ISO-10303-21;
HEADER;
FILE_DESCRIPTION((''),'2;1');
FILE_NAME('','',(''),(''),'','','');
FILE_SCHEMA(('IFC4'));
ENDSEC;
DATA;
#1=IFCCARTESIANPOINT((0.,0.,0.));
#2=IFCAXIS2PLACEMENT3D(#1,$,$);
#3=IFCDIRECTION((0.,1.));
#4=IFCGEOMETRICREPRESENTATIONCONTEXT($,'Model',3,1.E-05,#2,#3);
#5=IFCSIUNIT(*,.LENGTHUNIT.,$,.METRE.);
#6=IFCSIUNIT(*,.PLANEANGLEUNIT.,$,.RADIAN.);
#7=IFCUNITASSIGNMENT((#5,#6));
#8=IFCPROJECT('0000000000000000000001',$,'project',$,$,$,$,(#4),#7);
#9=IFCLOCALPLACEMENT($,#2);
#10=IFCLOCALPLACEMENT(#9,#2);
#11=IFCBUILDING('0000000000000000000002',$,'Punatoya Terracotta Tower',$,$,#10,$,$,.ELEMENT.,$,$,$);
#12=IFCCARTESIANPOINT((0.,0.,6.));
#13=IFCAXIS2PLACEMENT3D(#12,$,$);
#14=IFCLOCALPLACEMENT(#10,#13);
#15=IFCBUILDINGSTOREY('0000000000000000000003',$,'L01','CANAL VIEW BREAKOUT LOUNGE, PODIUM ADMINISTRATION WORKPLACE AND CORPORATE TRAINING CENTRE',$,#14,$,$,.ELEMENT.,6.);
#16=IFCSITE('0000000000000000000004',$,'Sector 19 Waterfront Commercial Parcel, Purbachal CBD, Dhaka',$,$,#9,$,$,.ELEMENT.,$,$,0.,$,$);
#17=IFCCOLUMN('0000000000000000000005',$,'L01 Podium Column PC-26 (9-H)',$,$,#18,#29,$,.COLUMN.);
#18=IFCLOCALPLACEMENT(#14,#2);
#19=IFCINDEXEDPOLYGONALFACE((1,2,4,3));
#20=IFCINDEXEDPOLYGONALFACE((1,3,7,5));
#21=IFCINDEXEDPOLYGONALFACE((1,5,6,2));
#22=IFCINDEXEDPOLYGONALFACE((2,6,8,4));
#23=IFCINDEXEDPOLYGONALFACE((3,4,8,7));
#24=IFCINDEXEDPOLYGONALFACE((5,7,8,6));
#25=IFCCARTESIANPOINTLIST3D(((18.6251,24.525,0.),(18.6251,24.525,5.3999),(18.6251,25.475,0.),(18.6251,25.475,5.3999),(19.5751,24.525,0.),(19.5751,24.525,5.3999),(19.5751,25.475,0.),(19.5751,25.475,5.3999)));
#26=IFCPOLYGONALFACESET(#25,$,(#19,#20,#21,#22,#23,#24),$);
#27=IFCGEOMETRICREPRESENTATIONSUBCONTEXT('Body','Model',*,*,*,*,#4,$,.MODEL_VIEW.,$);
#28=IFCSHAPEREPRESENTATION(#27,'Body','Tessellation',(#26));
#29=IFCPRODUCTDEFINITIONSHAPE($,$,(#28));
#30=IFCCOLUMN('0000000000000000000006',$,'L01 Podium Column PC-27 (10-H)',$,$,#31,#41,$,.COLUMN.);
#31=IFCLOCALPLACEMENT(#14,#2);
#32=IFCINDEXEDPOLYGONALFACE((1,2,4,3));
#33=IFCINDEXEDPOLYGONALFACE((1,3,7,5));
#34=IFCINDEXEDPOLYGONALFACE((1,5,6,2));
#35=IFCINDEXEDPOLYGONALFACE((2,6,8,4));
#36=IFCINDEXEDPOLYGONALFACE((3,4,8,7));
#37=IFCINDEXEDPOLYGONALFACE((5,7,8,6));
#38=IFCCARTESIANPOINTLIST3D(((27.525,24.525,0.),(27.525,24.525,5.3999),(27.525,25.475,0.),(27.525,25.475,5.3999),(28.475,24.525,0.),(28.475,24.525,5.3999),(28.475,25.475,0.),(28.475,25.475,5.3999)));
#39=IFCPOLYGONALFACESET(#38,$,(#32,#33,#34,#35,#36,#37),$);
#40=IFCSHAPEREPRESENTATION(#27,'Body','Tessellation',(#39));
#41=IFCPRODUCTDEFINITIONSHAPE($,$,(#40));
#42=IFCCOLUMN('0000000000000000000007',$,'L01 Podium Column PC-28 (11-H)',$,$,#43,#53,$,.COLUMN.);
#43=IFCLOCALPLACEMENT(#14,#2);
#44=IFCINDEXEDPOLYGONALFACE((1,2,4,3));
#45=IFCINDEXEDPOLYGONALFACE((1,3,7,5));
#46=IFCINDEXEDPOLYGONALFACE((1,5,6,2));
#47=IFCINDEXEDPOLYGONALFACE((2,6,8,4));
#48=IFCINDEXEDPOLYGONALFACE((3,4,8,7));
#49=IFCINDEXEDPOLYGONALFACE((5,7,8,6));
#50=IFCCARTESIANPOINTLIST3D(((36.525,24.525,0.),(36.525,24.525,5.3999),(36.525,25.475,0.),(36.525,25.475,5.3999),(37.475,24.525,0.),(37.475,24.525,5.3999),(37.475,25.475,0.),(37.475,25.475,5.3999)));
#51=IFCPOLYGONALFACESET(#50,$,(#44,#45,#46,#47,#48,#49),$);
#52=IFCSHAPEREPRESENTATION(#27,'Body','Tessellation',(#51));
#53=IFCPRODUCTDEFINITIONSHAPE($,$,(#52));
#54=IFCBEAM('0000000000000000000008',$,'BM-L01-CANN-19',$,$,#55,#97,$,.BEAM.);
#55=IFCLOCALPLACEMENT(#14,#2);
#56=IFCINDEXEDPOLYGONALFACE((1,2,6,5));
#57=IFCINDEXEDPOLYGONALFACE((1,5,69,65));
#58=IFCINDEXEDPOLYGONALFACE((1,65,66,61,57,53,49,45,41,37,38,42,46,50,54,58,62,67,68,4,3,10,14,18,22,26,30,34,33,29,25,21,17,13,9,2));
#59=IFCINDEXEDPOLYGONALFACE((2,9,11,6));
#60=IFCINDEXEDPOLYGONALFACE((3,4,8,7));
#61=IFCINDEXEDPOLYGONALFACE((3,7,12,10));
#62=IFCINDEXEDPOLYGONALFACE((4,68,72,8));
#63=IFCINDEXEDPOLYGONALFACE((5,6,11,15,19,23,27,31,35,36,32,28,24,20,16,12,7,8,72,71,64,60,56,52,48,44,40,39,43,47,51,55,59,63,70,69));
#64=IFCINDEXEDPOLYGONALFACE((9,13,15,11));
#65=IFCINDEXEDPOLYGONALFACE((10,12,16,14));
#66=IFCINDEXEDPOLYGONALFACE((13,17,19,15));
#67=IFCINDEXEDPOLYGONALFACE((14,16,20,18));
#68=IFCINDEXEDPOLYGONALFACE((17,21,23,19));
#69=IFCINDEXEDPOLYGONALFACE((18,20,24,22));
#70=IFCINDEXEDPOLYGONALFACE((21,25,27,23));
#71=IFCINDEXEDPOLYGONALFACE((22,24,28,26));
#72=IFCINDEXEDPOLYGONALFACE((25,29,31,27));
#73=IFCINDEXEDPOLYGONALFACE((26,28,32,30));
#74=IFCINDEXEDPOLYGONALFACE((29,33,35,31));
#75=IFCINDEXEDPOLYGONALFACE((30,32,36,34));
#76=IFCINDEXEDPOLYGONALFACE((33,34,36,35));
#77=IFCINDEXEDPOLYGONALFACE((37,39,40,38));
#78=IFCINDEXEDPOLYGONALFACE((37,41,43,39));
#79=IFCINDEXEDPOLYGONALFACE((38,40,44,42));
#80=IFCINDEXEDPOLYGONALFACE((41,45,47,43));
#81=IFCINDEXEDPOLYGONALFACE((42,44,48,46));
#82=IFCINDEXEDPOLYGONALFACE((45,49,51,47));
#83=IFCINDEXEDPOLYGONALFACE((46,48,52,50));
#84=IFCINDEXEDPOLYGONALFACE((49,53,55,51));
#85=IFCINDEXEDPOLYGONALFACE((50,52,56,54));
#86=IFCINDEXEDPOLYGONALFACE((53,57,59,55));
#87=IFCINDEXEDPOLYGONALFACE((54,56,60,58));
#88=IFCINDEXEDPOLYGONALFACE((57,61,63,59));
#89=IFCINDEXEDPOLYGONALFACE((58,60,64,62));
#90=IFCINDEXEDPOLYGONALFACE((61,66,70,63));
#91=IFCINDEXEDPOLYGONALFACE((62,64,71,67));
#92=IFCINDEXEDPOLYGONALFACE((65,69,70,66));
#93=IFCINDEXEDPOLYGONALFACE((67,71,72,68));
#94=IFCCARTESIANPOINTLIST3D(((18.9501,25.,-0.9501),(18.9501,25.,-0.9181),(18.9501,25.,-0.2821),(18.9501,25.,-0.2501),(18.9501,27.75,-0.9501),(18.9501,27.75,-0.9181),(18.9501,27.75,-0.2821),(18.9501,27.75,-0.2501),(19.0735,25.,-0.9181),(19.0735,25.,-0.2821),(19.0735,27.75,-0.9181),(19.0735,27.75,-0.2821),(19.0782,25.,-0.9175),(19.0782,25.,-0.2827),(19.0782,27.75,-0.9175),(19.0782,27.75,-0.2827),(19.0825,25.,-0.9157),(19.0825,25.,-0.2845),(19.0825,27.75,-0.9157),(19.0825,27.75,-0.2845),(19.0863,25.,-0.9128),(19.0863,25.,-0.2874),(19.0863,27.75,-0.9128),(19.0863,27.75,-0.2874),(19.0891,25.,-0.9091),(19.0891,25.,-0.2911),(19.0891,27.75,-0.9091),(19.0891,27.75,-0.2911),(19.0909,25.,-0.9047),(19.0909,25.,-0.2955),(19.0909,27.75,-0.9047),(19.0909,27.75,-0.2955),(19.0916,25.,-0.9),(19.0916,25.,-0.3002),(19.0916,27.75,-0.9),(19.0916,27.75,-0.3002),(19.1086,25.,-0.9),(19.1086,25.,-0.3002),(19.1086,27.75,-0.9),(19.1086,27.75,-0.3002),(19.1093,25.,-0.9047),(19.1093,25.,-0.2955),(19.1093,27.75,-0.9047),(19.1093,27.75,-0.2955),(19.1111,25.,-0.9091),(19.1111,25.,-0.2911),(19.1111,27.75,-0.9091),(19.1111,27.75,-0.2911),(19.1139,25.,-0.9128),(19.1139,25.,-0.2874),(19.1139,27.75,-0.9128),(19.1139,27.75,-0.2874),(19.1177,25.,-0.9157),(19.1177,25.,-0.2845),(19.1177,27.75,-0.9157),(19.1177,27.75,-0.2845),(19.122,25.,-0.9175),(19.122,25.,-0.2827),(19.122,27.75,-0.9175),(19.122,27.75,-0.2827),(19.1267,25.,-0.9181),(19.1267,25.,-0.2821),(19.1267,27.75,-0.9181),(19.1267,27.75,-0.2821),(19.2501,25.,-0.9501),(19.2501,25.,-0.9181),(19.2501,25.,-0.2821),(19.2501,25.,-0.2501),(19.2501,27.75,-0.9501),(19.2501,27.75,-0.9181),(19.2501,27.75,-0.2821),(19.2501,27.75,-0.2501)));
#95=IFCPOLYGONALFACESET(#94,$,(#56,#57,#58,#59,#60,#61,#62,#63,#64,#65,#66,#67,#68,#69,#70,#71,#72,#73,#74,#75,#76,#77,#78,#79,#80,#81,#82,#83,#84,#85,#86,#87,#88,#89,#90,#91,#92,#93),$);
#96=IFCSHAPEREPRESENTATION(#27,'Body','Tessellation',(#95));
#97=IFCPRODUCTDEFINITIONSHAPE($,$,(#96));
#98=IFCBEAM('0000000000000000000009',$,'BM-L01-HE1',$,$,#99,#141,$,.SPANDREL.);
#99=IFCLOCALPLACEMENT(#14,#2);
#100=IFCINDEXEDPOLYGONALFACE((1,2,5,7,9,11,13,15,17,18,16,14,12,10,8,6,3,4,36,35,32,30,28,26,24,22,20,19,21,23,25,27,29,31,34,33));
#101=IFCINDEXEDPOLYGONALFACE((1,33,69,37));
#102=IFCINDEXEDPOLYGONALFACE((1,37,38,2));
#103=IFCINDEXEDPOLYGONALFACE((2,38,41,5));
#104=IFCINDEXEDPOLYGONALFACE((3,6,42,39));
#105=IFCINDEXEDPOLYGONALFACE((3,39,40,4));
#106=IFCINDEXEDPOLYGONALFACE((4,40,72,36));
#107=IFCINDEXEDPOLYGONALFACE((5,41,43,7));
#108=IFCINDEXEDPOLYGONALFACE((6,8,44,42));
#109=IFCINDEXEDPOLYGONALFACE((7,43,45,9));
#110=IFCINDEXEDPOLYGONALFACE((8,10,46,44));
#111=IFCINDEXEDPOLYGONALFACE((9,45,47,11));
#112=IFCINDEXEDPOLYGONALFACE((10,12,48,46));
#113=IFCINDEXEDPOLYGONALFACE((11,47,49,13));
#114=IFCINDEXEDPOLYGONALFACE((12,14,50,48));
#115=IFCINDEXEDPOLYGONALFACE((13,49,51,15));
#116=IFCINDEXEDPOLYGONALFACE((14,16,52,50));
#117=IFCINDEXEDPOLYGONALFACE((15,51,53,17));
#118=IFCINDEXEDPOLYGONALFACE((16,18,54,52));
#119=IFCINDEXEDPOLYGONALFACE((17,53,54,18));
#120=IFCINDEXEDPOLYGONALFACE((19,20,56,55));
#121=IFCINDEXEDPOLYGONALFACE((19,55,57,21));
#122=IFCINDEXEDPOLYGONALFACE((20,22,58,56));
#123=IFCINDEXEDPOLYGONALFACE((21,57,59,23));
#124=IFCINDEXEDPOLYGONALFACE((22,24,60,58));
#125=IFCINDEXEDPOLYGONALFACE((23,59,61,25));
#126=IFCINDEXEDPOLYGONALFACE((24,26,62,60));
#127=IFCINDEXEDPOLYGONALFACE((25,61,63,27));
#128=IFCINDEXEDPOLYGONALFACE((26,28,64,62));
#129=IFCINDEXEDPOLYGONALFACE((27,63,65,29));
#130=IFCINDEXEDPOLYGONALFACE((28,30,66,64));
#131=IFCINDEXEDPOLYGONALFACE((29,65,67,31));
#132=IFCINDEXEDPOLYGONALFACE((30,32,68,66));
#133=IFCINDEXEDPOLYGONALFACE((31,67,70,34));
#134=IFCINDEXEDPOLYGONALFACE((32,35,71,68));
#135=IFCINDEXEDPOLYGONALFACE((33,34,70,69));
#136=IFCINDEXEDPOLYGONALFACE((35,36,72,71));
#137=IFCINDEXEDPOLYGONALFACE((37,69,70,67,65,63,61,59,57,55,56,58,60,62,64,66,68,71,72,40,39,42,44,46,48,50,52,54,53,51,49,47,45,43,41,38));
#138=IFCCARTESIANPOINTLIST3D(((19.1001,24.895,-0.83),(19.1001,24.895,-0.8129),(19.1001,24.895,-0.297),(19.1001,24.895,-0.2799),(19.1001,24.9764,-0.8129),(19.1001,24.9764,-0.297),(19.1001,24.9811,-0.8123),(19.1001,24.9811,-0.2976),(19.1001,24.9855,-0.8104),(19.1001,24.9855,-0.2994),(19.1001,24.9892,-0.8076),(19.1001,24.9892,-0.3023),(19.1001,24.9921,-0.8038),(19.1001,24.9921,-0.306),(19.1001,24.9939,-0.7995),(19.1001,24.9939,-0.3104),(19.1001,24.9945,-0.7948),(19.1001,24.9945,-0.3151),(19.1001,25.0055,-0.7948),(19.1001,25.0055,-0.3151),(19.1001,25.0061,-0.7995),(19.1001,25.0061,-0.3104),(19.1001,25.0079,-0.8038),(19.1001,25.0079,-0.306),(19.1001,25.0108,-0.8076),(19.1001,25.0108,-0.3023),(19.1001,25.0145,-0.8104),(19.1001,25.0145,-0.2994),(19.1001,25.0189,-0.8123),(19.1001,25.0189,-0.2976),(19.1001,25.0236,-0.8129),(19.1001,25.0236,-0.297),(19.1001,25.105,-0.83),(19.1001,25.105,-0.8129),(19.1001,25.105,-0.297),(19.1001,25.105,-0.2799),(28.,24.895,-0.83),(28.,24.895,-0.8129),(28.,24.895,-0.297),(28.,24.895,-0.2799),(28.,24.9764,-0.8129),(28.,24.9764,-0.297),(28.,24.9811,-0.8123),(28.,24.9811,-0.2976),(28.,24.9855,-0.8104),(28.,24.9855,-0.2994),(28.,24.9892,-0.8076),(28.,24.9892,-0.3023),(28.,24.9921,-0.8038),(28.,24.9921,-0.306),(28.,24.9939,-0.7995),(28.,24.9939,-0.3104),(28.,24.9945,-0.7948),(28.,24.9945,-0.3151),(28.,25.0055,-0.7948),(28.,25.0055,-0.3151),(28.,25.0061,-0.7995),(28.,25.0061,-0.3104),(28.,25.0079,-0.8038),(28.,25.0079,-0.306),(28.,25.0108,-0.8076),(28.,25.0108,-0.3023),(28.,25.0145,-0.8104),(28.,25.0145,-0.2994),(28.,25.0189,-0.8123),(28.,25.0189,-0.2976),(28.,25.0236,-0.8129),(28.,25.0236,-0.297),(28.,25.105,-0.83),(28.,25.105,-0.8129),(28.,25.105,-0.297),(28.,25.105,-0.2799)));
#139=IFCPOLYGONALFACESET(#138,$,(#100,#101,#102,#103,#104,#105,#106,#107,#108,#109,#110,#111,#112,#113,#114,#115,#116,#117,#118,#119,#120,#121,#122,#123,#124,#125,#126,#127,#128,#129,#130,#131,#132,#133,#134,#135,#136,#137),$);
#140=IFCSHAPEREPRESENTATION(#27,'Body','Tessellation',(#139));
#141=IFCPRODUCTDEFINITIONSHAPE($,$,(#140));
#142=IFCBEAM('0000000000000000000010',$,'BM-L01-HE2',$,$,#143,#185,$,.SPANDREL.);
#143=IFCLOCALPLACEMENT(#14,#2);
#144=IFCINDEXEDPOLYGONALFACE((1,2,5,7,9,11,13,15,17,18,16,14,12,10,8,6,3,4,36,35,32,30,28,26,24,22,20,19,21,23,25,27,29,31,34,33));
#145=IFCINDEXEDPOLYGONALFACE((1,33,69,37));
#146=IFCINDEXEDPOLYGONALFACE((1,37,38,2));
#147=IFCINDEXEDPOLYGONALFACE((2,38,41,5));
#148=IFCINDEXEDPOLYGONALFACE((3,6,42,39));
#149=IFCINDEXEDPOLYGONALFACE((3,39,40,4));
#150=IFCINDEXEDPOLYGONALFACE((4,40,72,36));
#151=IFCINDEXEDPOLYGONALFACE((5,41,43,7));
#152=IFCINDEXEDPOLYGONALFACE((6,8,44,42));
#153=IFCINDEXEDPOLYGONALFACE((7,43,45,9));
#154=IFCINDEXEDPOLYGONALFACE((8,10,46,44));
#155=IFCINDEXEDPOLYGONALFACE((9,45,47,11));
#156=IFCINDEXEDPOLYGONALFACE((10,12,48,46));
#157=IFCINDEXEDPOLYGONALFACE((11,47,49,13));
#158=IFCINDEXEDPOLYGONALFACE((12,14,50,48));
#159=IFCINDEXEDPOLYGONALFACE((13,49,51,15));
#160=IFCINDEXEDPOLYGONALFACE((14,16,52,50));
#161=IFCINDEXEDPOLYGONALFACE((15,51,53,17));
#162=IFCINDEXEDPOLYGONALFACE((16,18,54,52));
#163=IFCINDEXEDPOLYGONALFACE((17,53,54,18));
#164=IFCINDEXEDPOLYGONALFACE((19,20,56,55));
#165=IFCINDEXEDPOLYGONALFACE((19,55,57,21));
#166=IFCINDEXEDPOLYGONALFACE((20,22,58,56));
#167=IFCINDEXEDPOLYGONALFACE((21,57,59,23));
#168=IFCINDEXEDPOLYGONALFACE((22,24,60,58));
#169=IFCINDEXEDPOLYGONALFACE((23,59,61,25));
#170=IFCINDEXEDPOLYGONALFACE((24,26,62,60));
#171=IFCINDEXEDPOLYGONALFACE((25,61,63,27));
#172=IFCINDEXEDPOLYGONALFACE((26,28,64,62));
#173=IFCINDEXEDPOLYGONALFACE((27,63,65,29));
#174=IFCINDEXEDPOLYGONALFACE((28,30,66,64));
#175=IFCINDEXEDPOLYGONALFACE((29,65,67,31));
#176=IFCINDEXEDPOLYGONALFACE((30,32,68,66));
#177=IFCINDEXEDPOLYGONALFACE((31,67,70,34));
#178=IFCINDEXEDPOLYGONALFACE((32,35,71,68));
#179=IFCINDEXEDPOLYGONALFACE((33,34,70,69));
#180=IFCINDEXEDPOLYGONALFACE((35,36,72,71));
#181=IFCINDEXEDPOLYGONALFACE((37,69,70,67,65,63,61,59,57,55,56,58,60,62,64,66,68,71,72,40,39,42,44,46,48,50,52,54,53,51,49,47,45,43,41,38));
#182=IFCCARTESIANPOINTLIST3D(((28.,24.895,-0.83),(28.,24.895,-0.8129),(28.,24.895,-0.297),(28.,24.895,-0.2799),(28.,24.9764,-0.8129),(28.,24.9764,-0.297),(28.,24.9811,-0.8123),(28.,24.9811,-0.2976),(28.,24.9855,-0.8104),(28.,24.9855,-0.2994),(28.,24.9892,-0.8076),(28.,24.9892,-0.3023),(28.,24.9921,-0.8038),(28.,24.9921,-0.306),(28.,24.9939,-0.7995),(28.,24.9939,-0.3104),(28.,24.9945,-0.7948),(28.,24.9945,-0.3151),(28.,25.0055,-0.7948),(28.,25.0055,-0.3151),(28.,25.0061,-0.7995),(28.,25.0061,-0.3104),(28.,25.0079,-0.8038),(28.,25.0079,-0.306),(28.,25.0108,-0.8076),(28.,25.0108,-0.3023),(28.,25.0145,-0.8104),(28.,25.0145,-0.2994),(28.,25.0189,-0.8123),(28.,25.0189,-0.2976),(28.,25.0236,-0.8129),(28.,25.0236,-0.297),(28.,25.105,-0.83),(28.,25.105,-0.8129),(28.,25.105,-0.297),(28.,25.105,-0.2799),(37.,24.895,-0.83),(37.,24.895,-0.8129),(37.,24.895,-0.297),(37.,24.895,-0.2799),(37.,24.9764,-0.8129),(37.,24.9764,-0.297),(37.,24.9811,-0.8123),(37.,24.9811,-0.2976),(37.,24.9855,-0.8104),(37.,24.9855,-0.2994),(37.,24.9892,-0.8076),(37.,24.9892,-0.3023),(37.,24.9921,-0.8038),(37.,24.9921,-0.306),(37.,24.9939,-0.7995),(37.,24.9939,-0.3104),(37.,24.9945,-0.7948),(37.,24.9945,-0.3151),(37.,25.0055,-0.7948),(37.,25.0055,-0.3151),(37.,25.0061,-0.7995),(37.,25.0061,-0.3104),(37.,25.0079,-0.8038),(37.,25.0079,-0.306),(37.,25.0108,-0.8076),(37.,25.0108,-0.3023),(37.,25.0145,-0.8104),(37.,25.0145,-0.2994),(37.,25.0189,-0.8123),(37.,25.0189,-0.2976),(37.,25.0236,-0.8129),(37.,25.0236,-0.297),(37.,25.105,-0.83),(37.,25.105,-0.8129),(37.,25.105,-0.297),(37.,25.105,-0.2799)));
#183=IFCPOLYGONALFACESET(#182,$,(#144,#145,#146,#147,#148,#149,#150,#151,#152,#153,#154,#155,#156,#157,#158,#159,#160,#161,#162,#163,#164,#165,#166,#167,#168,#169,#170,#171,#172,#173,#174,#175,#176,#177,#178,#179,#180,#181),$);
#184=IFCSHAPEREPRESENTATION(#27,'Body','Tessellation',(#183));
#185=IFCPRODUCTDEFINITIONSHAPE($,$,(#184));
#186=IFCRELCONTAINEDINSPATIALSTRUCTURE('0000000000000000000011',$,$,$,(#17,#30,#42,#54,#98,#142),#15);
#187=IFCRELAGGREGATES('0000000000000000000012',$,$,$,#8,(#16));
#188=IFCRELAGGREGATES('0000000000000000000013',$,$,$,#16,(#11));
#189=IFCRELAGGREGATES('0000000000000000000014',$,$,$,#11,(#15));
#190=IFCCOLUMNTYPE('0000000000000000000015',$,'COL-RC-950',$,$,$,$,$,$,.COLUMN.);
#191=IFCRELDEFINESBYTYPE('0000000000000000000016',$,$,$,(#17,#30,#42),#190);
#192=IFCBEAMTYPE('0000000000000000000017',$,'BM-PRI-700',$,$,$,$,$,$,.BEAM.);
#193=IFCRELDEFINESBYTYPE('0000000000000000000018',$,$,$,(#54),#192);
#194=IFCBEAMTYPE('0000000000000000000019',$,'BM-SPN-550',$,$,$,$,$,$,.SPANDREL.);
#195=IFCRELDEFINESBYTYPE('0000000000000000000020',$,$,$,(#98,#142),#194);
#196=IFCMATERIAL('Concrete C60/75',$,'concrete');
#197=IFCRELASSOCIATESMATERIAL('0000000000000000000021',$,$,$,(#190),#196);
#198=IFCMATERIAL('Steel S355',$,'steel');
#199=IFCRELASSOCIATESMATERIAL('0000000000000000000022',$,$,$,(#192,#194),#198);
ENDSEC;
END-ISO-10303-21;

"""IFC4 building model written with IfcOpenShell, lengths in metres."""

from ifc_helpers import new_model, si_unit, direction, frame, origin, origin_2d, place, context, subcontext, project, spatial, rectangle, i_section, extrude, material, material_profile, profile_set, type_object, element, save


model = new_model("IFC4")

# Units and contexts
model_context = context("Model", 3, precision=1e-05, world=origin(), true_north=direction((0.0, 1.0)))
body_context = subcontext(model_context, "Body", "Model", "MODEL_VIEW")
ifc_project = project(units=[si_unit("LENGTHUNIT", "METRE"), si_unit("PLANEANGLEUNIT", "RADIAN")], contexts=[model_context])

# Site, building, storey
site_placement = place(None, origin())
site = spatial("IfcSite", under=ifc_project, at=site_placement, Name="Sector 19 Waterfront Commercial Parcel, Purbachal CBD, Dhaka", CompositionType="ELEMENT", RefElevation=0.0)
building_placement = place(site_placement, origin())
building = spatial("IfcBuilding", under=site, at=building_placement, Name="Punatoya Terracotta Tower", CompositionType="ELEMENT")
storey_placement = place(building_placement, frame((0.0, 0.0, 6.0)))
storey = spatial("IfcBuildingStorey", under=building, at=storey_placement, Name="L01", Description="CANAL VIEW BREAKOUT LOUNGE, PODIUM ADMINISTRATION WORKPLACE AND CORPORATE TRAINING CENTRE", CompositionType="ELEMENT", Elevation=6.0)

# Columns
ifc_material_1 = material(Name="Concrete C60/75", Category="concrete")
ifc_material_profile_1 = material_profile(ifc_material_1, rectangle(XDim=0.95, YDim=0.95, at=origin_2d()))
ifc_profile_set_1 = profile_set([ifc_material_profile_1], Name="Concrete C60/75")
column_type = type_object("IfcColumnType", Name="COL-RC-950", PredefinedType="COLUMN", material=ifc_profile_set_1)
for number, where, z_axis, x_axis, name in (
    (1, (19.1001, 25.0, 0.0), (0.0, 0.0, 1.0), (1.0, 0.0, 0.0), "L01 Podium Column PC-26 (9-H)"),
    (2, (28.0, 25.0, 0.0), (0.0, 0.0, 1.0), (1.0, 0.0, 0.0), "L01 Podium Column PC-27 (10-H)"),
    (3, (37.0, 25.0, 0.0), (0.0, 0.0, 1.0), (1.0, 0.0, 0.0), "L01 Podium Column PC-28 (11-H)"),
):
    element("IfcColumn", number, at=place(storey_placement, frame(where, z_axis=z_axis, x_axis=x_axis)), inside=storey, type_object=column_type, Name=name, PredefinedType="COLUMN", context=body_context, shape_type="SweptSolid", body=[
        extrude(rectangle(XDim=0.95, YDim=0.95, at=origin_2d()), origin(), (0.0, 0.0, 1.0), 5.3999),
    ])

# Beams
ifc_material_2 = material(Name="Steel S355", Category="steel")
ifc_material_profile_2 = material_profile(ifc_material_2, i_section(OverallWidth=0.3, OverallDepth=0.7, WebThickness=0.0171, FlangeThickness=0.032, FilletRadius=0.0181, at=origin_2d()))
ifc_profile_set_2 = profile_set([ifc_material_profile_2], Name="Steel S355")
beam_type_1 = type_object("IfcBeamType", Name="BM-PRI-700", PredefinedType="BEAM", material=ifc_profile_set_2)
beam_1_placement = place(storey_placement, frame((19.1001, 25.0, -0.6001), z_axis=(0.0, 1.0, 0.0), x_axis=(-1.0, 0.0, 0.0)))
element("IfcBeam", 4, at=beam_1_placement, inside=storey, type_object=beam_type_1, Name="BM-L01-CANN-19", PredefinedType="BEAM", context=body_context, shape_type="SweptSolid", body=[
    extrude(i_section(OverallWidth=0.3, OverallDepth=0.7, WebThickness=0.0171, FlangeThickness=0.032, FilletRadius=0.0181, at=origin_2d()), origin(), (0.0, 0.0, 1.0), 2.75),
])
ifc_material_profile_3 = material_profile(ifc_material_2, i_section(OverallWidth=0.21, OverallDepth=0.55, WebThickness=0.011, FlangeThickness=0.0171, FilletRadius=0.0181, at=origin_2d()))
ifc_profile_set_3 = profile_set([ifc_material_profile_3], Name="Steel S355")
beam_type_2 = type_object("IfcBeamType", Name="BM-SPN-550", PredefinedType="SPANDREL", material=ifc_profile_set_3)
beam_2_placement = place(storey_placement, frame((19.1001, 25.0, -0.5549), z_axis=(1.0, 0.0, 0.0), x_axis=(0.0, 1.0, 0.0)))
element("IfcBeam", 5, at=beam_2_placement, inside=storey, type_object=beam_type_2, Name="BM-L01-HE1", PredefinedType="SPANDREL", context=body_context, shape_type="SweptSolid", body=[
    extrude(i_section(OverallWidth=0.21, OverallDepth=0.55, WebThickness=0.011, FlangeThickness=0.0171, FilletRadius=0.0181, at=origin_2d()), origin(), (0.0, 0.0, 1.0), 8.8999),
])
beam_3_placement = place(storey_placement, frame((28.0, 25.0, -0.5549), z_axis=(1.0, 0.0, 0.0), x_axis=(0.0, 1.0, 0.0)))
element("IfcBeam", 6, at=beam_3_placement, inside=storey, type_object=beam_type_2, Name="BM-L01-HE2", PredefinedType="SPANDREL", context=body_context, shape_type="SweptSolid", body=[
    extrude(i_section(OverallWidth=0.21, OverallDepth=0.55, WebThickness=0.011, FlangeThickness=0.0171, FilletRadius=0.0181, at=origin_2d()), origin(), (0.0, 0.0, 1.0), 9.0),
])

save(model, "model.ifc")
